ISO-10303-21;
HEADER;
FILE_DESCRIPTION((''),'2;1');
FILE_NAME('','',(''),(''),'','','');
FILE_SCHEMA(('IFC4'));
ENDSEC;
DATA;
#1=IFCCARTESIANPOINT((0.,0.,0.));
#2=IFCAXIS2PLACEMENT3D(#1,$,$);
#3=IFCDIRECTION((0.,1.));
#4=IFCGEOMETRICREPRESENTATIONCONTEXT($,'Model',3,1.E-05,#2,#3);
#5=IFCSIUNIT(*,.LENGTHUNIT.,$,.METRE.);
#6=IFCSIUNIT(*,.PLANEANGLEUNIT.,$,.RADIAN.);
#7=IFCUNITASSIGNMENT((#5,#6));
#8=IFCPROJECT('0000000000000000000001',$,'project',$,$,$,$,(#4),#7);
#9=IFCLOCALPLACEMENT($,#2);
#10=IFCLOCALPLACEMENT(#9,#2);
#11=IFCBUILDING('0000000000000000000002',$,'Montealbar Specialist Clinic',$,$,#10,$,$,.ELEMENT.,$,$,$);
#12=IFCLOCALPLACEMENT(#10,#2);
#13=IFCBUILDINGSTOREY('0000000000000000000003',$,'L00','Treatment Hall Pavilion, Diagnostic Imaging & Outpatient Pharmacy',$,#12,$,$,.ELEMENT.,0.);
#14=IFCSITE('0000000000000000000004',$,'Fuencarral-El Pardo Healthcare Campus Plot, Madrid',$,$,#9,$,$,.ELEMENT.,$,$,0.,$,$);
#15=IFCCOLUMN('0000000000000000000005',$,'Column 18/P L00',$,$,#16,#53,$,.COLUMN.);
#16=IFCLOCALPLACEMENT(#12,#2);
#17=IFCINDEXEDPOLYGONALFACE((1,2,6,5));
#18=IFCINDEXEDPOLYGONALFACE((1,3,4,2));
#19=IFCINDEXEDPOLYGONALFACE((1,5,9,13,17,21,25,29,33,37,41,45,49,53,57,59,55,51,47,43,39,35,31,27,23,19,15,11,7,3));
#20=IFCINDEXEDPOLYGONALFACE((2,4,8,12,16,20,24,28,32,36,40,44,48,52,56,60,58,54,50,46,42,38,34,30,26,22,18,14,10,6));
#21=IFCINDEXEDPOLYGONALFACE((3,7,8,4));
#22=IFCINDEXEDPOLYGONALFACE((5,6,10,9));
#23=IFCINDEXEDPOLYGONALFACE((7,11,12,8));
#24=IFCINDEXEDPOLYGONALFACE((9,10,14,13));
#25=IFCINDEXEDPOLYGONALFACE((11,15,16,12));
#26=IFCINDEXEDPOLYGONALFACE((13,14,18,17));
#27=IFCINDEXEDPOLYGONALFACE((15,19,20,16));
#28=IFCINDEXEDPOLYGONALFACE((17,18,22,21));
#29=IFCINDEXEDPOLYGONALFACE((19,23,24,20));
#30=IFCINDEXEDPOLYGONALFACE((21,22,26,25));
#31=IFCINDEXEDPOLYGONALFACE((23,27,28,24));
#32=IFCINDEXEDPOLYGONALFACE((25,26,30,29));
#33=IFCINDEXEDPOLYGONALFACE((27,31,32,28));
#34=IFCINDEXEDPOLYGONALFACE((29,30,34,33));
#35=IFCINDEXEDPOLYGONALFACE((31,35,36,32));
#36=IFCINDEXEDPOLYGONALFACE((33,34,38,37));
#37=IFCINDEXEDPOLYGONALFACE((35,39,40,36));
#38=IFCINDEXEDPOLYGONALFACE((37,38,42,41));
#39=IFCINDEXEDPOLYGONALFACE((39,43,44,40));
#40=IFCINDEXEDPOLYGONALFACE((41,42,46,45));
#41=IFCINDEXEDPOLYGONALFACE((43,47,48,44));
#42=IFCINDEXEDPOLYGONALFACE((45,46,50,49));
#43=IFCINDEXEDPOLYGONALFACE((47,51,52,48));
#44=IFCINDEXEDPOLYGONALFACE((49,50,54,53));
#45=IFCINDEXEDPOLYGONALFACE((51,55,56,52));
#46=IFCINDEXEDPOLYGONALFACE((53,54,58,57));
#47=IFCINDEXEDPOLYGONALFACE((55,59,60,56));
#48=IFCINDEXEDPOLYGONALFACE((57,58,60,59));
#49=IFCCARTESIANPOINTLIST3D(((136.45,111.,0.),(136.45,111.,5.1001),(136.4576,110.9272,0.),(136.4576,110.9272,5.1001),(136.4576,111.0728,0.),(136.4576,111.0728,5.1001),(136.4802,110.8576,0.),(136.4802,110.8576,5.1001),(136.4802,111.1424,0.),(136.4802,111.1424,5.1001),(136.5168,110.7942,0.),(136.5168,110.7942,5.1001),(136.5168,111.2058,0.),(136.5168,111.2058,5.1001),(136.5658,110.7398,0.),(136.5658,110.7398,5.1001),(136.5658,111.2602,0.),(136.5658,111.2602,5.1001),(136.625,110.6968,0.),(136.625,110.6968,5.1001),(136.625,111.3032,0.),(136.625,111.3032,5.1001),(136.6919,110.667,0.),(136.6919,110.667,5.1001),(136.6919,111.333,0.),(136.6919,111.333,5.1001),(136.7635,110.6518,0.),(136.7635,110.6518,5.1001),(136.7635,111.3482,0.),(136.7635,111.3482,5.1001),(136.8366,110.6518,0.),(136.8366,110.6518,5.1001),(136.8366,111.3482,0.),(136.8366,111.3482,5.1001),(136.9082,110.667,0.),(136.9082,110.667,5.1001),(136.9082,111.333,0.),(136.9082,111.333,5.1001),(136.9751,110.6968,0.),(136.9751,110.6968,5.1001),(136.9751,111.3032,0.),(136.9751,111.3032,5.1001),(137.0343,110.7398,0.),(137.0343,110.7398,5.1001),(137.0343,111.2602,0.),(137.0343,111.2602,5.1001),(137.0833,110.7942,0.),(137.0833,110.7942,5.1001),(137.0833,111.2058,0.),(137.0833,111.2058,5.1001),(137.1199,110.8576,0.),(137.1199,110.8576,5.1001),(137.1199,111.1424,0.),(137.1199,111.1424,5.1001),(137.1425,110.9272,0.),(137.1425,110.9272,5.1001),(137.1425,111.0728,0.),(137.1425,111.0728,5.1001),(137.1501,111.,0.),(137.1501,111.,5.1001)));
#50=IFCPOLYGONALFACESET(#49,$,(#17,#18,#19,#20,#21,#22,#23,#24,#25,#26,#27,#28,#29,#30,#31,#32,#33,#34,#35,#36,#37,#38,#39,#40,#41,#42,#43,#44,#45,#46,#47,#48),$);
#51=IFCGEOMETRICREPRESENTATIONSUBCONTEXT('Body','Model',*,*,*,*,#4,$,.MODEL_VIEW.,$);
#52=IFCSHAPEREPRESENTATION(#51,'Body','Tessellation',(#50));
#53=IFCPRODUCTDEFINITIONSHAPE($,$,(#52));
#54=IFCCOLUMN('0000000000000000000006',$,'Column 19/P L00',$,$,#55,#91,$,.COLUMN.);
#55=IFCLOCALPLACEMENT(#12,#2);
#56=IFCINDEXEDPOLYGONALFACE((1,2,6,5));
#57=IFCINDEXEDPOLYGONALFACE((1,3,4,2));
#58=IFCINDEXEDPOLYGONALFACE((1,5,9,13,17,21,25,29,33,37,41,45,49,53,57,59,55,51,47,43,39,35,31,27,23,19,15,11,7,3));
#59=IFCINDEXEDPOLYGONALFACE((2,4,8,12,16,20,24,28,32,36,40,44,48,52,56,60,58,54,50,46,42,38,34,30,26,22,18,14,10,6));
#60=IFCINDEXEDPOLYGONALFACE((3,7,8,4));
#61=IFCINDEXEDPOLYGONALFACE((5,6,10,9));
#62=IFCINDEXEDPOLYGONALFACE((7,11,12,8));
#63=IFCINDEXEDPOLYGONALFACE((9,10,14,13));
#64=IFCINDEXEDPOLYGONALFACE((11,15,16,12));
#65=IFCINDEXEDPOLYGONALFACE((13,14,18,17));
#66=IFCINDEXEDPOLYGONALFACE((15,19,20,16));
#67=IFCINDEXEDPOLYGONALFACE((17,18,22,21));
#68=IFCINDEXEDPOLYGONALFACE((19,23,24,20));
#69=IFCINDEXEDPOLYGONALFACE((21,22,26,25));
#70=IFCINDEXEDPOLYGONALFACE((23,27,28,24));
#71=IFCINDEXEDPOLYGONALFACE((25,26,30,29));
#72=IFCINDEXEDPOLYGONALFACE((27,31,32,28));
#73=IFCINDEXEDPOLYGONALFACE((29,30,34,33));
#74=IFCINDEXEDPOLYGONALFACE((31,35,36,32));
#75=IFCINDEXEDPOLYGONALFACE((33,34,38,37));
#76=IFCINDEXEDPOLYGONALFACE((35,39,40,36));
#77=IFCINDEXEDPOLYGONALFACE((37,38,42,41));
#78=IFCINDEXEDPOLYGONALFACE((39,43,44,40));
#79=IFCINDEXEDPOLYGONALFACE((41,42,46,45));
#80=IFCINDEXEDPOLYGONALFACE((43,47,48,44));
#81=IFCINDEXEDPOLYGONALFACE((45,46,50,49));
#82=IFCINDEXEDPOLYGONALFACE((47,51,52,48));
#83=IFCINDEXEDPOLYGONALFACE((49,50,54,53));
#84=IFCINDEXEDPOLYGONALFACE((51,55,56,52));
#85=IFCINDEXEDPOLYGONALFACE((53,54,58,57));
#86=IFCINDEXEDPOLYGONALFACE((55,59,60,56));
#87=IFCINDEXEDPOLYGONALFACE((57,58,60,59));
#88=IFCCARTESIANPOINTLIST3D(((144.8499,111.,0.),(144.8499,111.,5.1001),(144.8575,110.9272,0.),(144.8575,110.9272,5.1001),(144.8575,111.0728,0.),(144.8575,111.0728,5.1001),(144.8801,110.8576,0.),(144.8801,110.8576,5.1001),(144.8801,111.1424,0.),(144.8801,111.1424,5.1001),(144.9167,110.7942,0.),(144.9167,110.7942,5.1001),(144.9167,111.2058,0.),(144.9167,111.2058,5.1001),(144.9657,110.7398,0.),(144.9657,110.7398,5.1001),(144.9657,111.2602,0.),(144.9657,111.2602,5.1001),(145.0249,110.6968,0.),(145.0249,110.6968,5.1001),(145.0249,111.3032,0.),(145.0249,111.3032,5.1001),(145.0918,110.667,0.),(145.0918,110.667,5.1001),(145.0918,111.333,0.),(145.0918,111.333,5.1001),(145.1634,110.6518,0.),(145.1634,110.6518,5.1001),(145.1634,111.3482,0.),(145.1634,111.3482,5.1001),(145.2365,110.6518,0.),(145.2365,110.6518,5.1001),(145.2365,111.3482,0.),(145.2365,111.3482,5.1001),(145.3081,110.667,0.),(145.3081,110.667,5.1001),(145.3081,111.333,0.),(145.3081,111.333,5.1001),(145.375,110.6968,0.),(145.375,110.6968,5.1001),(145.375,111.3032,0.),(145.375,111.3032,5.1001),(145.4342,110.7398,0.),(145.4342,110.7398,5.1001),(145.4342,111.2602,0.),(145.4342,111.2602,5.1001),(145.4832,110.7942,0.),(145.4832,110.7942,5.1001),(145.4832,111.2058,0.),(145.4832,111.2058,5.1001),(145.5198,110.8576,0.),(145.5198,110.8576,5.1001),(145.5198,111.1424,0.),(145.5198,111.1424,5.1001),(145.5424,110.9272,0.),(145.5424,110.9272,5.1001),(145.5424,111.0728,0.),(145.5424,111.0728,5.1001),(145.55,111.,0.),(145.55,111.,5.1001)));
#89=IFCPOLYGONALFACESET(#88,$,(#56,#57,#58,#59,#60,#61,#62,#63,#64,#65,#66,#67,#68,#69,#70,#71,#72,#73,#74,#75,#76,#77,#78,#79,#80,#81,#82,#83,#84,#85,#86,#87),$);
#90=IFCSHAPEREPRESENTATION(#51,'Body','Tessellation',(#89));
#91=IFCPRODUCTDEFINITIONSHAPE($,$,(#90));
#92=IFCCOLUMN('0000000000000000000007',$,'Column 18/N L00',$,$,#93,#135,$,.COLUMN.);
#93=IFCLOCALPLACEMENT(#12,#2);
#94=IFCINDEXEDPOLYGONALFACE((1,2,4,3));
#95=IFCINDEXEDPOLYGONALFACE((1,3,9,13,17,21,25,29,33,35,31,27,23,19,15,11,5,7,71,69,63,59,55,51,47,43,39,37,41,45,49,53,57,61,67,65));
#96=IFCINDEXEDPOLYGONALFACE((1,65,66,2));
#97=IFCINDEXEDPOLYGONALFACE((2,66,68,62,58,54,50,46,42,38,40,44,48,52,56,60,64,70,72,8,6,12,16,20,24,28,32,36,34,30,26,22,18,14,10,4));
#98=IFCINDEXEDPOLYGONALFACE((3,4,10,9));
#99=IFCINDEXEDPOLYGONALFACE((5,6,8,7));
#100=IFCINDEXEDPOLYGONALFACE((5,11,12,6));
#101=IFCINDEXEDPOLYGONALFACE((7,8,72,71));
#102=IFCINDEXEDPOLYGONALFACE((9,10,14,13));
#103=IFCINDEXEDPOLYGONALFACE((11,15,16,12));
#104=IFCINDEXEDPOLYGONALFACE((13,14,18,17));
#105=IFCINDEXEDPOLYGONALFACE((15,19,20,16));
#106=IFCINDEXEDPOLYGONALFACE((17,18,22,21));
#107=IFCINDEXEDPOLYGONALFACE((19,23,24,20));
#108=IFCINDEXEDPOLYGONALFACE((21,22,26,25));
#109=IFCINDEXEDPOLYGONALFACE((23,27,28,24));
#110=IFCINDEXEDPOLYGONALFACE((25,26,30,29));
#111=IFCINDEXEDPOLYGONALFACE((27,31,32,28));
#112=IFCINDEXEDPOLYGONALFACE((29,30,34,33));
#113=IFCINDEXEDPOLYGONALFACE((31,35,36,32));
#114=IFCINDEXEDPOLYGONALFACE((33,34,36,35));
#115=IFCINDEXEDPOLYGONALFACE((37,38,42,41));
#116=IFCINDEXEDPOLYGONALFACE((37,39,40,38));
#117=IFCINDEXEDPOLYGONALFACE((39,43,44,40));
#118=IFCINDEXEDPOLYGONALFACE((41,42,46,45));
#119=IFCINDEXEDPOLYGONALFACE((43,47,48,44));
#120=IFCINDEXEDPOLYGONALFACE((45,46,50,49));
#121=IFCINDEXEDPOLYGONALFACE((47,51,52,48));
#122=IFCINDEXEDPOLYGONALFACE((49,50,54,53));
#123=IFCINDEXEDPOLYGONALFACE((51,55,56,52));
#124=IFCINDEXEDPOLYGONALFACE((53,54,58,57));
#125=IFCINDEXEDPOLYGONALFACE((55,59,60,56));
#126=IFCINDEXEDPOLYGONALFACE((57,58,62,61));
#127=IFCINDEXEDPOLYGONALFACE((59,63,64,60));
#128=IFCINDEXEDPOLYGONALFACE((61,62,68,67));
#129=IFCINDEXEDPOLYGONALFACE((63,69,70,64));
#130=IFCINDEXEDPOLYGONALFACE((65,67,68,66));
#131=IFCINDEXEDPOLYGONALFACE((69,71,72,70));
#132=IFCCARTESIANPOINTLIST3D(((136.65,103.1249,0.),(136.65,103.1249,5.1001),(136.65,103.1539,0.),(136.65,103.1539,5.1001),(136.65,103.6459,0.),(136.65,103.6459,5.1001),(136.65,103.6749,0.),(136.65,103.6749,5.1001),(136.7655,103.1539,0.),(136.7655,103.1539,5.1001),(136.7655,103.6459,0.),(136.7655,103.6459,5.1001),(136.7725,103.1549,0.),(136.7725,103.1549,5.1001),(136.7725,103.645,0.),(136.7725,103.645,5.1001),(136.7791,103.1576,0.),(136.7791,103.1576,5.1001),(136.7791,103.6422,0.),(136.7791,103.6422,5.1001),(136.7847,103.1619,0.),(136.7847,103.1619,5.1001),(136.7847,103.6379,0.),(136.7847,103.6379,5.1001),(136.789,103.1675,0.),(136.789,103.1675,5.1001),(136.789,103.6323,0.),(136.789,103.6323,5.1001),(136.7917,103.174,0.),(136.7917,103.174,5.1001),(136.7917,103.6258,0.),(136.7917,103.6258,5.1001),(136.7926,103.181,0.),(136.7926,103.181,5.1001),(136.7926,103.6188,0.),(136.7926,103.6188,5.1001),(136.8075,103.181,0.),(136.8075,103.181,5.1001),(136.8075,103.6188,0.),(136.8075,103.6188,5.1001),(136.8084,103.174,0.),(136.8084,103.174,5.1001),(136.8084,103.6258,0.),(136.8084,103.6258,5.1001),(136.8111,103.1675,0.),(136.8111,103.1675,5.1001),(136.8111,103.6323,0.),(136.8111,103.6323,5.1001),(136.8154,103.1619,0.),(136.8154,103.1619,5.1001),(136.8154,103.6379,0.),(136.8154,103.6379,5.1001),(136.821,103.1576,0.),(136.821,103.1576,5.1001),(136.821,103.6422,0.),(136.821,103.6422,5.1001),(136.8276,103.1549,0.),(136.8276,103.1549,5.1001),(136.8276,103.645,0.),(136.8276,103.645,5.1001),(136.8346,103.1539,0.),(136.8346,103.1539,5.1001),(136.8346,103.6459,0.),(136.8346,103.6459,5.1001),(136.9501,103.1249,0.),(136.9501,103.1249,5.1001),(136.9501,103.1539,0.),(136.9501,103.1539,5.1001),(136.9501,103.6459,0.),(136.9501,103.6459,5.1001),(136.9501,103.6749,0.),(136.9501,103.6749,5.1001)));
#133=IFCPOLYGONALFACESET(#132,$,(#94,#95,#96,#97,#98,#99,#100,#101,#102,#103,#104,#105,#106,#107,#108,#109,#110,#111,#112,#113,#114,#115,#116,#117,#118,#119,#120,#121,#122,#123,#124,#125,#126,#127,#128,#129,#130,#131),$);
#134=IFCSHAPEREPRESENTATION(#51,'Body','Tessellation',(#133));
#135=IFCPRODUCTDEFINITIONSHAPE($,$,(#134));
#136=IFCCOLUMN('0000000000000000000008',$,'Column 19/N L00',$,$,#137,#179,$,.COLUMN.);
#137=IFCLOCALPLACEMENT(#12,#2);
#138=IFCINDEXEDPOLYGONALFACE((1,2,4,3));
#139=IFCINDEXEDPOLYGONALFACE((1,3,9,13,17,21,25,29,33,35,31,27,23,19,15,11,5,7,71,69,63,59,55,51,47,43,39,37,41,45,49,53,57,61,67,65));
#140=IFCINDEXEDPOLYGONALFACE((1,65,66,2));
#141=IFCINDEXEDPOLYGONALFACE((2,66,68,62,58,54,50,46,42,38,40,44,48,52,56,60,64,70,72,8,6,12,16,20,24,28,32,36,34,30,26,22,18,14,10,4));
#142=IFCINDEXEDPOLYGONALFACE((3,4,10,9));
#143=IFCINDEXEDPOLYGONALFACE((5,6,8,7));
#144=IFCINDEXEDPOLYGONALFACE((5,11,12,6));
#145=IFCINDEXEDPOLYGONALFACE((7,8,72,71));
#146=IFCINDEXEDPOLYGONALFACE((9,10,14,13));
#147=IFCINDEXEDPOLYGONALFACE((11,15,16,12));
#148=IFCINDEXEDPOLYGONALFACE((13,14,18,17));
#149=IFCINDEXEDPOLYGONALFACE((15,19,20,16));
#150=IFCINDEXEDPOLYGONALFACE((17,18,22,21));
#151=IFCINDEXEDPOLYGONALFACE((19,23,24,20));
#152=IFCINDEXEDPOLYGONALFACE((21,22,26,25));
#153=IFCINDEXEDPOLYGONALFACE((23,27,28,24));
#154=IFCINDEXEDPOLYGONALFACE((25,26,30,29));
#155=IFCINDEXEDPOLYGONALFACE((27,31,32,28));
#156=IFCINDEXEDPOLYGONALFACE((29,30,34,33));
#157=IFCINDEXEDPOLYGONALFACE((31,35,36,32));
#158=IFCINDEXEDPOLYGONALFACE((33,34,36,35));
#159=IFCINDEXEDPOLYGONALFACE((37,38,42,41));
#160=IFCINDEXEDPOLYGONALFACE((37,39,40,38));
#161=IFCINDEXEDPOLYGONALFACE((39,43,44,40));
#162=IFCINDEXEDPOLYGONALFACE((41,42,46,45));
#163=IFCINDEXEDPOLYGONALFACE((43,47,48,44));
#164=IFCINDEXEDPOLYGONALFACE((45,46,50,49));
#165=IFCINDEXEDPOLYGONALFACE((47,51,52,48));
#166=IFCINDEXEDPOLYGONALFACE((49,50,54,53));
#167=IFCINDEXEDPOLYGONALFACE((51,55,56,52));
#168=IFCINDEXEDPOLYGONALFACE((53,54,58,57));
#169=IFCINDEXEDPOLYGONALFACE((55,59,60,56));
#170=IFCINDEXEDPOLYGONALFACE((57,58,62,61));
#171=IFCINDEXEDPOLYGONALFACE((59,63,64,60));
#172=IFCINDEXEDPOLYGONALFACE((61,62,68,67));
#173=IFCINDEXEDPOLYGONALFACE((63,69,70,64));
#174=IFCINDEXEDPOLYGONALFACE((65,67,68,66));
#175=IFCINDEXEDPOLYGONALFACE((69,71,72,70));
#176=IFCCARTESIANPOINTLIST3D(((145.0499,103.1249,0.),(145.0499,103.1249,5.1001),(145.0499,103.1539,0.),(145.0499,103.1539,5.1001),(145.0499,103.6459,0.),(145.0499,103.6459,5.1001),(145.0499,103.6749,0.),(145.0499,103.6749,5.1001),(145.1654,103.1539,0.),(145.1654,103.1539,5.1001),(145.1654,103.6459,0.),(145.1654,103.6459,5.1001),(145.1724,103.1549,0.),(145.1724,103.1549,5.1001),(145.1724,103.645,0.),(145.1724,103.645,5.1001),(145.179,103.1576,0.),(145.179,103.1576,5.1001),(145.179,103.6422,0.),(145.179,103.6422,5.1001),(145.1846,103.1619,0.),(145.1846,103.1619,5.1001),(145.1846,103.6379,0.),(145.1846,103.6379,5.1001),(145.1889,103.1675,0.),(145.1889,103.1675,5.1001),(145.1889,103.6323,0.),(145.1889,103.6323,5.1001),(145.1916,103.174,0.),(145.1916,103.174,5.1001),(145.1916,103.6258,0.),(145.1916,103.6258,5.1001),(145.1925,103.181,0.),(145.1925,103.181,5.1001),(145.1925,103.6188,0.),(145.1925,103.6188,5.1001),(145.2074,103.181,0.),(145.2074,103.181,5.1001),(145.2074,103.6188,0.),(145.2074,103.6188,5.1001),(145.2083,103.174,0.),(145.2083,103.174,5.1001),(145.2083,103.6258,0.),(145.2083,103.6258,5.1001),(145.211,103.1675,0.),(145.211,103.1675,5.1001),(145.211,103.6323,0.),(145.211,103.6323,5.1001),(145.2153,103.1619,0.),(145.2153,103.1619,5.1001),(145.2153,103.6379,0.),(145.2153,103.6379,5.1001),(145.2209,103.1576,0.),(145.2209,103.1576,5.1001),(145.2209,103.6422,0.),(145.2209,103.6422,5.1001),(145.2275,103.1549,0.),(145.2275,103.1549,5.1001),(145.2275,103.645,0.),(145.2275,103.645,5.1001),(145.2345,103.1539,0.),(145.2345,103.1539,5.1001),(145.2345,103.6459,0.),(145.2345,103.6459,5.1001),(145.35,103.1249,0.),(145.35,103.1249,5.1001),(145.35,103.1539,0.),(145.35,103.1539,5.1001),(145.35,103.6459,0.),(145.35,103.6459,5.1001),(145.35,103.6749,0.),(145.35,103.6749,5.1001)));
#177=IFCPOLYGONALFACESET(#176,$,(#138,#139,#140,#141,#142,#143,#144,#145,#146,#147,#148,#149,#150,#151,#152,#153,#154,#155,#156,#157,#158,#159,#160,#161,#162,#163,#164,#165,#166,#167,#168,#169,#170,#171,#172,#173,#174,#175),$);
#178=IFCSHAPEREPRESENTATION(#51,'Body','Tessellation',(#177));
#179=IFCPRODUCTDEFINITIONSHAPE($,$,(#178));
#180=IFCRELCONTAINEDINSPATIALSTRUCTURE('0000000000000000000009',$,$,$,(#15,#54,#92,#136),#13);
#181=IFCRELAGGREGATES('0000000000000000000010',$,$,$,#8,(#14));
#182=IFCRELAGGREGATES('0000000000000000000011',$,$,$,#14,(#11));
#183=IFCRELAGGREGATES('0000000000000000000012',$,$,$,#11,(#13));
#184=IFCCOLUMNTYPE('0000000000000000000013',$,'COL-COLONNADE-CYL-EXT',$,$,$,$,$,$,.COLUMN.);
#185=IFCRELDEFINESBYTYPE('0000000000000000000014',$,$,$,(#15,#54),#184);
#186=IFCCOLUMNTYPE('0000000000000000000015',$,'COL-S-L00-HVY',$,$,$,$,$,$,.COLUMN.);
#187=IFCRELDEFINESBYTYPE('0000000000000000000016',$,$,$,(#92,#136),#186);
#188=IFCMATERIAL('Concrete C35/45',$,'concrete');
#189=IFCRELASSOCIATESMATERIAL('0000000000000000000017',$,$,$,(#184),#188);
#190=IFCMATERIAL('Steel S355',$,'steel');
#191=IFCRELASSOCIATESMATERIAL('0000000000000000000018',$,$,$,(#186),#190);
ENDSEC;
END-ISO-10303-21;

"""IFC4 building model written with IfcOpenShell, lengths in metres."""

from ifc_helpers import new_model, si_unit, direction, frame, origin, origin_2d, place, context, subcontext, project, spatial, circle, i_section, extrude, material, material_profile, profile_set, type_object, element, save


model = new_model("IFC4")

# Units and contexts
model_context = context("Model", 3, precision=1e-05, world=origin(), true_north=direction((0.0, 1.0)))
body_context = subcontext(model_context, "Body", "Model", "MODEL_VIEW")
ifc_project = project(units=[si_unit("LENGTHUNIT", "METRE"), si_unit("PLANEANGLEUNIT", "RADIAN")], contexts=[model_context])

# Site, building, storey
site_placement = place(None, origin())
site = spatial("IfcSite", under=ifc_project, at=site_placement, Name="Fuencarral-El Pardo Healthcare Campus Plot, Madrid", CompositionType="ELEMENT", RefElevation=0.0)
building_placement = place(site_placement, origin())
building = spatial("IfcBuilding", under=site, at=building_placement, Name="Montealbar Specialist Clinic", CompositionType="ELEMENT")
storey_placement = place(building_placement, origin())
storey = spatial("IfcBuildingStorey", under=building, at=storey_placement, Name="L00", Description="Treatment Hall Pavilion, Diagnostic Imaging & Outpatient Pharmacy", CompositionType="ELEMENT", Elevation=0.0)

# Columns
ifc_material_1 = material(Name="Concrete C35/45", Category="concrete")
ifc_material_profile_1 = material_profile(ifc_material_1, circle(Radius=0.3501, at=origin_2d()), Name="RC D700", Category="concrete")
ifc_profile_set_1 = profile_set([ifc_material_profile_1], Name="Concrete C35/45")
column_type_1 = type_object("IfcColumnType", Name="COL-COLONNADE-CYL-EXT", PredefinedType="COLUMN", material=ifc_profile_set_1)
for number, where, z_axis, x_axis, name in (
    (1, (136.8, 111.0, 0.0), (0.0, 0.0, 1.0), (1.0, 0.0, 0.0), "Column 18/P L00"),
    (2, (145.2, 111.0, 0.0), (0.0, 0.0, 1.0), (1.0, 0.0, 0.0), "Column 19/P L00"),
):
    element("IfcColumn", number, at=place(storey_placement, frame(where, z_axis=z_axis, x_axis=x_axis)), inside=storey, type_object=column_type_1, Name=name, PredefinedType="COLUMN", context=body_context, shape_type="SweptSolid", body=[
        extrude(circle(Radius=0.3501, at=origin_2d()), origin(), (0.0, 0.0, 1.0), 5.1001),
    ])
ifc_material_2 = material(Name="Steel S355", Category="steel")
ifc_material_profile_2 = material_profile(ifc_material_2, i_section(OverallWidth=0.3, OverallDepth=0.55, WebThickness=0.0149, FlangeThickness=0.0291, FilletRadius=0.0271, at=origin_2d()), Name="HEB 550", Category="steel")
ifc_profile_set_2 = profile_set([ifc_material_profile_2], Name="Steel S355")
column_type_2 = type_object("IfcColumnType", Name="COL-S-L00-HVY", PredefinedType="COLUMN", material=ifc_profile_set_2)
for number, where, z_axis, x_axis, name in (
    (3, (136.8, 103.3999, 0.0), (0.0, 0.0, 1.0), (1.0, 0.0, 0.0), "Column 18/N L00"),
    (4, (145.2, 103.3999, 0.0), (0.0, 0.0, 1.0), (1.0, 0.0, 0.0), "Column 19/N L00"),
):
    element("IfcColumn", number, at=place(storey_placement, frame(where, z_axis=z_axis, x_axis=x_axis)), inside=storey, type_object=column_type_2, Name=name, PredefinedType="COLUMN", context=body_context, shape_type="SweptSolid", body=[
        extrude(i_section(OverallWidth=0.3, OverallDepth=0.55, WebThickness=0.0149, FlangeThickness=0.0291, FilletRadius=0.0271, at=origin_2d()), origin(), (0.0, 0.0, 1.0), 5.1001),
    ])

save(model, "model.ifc")
